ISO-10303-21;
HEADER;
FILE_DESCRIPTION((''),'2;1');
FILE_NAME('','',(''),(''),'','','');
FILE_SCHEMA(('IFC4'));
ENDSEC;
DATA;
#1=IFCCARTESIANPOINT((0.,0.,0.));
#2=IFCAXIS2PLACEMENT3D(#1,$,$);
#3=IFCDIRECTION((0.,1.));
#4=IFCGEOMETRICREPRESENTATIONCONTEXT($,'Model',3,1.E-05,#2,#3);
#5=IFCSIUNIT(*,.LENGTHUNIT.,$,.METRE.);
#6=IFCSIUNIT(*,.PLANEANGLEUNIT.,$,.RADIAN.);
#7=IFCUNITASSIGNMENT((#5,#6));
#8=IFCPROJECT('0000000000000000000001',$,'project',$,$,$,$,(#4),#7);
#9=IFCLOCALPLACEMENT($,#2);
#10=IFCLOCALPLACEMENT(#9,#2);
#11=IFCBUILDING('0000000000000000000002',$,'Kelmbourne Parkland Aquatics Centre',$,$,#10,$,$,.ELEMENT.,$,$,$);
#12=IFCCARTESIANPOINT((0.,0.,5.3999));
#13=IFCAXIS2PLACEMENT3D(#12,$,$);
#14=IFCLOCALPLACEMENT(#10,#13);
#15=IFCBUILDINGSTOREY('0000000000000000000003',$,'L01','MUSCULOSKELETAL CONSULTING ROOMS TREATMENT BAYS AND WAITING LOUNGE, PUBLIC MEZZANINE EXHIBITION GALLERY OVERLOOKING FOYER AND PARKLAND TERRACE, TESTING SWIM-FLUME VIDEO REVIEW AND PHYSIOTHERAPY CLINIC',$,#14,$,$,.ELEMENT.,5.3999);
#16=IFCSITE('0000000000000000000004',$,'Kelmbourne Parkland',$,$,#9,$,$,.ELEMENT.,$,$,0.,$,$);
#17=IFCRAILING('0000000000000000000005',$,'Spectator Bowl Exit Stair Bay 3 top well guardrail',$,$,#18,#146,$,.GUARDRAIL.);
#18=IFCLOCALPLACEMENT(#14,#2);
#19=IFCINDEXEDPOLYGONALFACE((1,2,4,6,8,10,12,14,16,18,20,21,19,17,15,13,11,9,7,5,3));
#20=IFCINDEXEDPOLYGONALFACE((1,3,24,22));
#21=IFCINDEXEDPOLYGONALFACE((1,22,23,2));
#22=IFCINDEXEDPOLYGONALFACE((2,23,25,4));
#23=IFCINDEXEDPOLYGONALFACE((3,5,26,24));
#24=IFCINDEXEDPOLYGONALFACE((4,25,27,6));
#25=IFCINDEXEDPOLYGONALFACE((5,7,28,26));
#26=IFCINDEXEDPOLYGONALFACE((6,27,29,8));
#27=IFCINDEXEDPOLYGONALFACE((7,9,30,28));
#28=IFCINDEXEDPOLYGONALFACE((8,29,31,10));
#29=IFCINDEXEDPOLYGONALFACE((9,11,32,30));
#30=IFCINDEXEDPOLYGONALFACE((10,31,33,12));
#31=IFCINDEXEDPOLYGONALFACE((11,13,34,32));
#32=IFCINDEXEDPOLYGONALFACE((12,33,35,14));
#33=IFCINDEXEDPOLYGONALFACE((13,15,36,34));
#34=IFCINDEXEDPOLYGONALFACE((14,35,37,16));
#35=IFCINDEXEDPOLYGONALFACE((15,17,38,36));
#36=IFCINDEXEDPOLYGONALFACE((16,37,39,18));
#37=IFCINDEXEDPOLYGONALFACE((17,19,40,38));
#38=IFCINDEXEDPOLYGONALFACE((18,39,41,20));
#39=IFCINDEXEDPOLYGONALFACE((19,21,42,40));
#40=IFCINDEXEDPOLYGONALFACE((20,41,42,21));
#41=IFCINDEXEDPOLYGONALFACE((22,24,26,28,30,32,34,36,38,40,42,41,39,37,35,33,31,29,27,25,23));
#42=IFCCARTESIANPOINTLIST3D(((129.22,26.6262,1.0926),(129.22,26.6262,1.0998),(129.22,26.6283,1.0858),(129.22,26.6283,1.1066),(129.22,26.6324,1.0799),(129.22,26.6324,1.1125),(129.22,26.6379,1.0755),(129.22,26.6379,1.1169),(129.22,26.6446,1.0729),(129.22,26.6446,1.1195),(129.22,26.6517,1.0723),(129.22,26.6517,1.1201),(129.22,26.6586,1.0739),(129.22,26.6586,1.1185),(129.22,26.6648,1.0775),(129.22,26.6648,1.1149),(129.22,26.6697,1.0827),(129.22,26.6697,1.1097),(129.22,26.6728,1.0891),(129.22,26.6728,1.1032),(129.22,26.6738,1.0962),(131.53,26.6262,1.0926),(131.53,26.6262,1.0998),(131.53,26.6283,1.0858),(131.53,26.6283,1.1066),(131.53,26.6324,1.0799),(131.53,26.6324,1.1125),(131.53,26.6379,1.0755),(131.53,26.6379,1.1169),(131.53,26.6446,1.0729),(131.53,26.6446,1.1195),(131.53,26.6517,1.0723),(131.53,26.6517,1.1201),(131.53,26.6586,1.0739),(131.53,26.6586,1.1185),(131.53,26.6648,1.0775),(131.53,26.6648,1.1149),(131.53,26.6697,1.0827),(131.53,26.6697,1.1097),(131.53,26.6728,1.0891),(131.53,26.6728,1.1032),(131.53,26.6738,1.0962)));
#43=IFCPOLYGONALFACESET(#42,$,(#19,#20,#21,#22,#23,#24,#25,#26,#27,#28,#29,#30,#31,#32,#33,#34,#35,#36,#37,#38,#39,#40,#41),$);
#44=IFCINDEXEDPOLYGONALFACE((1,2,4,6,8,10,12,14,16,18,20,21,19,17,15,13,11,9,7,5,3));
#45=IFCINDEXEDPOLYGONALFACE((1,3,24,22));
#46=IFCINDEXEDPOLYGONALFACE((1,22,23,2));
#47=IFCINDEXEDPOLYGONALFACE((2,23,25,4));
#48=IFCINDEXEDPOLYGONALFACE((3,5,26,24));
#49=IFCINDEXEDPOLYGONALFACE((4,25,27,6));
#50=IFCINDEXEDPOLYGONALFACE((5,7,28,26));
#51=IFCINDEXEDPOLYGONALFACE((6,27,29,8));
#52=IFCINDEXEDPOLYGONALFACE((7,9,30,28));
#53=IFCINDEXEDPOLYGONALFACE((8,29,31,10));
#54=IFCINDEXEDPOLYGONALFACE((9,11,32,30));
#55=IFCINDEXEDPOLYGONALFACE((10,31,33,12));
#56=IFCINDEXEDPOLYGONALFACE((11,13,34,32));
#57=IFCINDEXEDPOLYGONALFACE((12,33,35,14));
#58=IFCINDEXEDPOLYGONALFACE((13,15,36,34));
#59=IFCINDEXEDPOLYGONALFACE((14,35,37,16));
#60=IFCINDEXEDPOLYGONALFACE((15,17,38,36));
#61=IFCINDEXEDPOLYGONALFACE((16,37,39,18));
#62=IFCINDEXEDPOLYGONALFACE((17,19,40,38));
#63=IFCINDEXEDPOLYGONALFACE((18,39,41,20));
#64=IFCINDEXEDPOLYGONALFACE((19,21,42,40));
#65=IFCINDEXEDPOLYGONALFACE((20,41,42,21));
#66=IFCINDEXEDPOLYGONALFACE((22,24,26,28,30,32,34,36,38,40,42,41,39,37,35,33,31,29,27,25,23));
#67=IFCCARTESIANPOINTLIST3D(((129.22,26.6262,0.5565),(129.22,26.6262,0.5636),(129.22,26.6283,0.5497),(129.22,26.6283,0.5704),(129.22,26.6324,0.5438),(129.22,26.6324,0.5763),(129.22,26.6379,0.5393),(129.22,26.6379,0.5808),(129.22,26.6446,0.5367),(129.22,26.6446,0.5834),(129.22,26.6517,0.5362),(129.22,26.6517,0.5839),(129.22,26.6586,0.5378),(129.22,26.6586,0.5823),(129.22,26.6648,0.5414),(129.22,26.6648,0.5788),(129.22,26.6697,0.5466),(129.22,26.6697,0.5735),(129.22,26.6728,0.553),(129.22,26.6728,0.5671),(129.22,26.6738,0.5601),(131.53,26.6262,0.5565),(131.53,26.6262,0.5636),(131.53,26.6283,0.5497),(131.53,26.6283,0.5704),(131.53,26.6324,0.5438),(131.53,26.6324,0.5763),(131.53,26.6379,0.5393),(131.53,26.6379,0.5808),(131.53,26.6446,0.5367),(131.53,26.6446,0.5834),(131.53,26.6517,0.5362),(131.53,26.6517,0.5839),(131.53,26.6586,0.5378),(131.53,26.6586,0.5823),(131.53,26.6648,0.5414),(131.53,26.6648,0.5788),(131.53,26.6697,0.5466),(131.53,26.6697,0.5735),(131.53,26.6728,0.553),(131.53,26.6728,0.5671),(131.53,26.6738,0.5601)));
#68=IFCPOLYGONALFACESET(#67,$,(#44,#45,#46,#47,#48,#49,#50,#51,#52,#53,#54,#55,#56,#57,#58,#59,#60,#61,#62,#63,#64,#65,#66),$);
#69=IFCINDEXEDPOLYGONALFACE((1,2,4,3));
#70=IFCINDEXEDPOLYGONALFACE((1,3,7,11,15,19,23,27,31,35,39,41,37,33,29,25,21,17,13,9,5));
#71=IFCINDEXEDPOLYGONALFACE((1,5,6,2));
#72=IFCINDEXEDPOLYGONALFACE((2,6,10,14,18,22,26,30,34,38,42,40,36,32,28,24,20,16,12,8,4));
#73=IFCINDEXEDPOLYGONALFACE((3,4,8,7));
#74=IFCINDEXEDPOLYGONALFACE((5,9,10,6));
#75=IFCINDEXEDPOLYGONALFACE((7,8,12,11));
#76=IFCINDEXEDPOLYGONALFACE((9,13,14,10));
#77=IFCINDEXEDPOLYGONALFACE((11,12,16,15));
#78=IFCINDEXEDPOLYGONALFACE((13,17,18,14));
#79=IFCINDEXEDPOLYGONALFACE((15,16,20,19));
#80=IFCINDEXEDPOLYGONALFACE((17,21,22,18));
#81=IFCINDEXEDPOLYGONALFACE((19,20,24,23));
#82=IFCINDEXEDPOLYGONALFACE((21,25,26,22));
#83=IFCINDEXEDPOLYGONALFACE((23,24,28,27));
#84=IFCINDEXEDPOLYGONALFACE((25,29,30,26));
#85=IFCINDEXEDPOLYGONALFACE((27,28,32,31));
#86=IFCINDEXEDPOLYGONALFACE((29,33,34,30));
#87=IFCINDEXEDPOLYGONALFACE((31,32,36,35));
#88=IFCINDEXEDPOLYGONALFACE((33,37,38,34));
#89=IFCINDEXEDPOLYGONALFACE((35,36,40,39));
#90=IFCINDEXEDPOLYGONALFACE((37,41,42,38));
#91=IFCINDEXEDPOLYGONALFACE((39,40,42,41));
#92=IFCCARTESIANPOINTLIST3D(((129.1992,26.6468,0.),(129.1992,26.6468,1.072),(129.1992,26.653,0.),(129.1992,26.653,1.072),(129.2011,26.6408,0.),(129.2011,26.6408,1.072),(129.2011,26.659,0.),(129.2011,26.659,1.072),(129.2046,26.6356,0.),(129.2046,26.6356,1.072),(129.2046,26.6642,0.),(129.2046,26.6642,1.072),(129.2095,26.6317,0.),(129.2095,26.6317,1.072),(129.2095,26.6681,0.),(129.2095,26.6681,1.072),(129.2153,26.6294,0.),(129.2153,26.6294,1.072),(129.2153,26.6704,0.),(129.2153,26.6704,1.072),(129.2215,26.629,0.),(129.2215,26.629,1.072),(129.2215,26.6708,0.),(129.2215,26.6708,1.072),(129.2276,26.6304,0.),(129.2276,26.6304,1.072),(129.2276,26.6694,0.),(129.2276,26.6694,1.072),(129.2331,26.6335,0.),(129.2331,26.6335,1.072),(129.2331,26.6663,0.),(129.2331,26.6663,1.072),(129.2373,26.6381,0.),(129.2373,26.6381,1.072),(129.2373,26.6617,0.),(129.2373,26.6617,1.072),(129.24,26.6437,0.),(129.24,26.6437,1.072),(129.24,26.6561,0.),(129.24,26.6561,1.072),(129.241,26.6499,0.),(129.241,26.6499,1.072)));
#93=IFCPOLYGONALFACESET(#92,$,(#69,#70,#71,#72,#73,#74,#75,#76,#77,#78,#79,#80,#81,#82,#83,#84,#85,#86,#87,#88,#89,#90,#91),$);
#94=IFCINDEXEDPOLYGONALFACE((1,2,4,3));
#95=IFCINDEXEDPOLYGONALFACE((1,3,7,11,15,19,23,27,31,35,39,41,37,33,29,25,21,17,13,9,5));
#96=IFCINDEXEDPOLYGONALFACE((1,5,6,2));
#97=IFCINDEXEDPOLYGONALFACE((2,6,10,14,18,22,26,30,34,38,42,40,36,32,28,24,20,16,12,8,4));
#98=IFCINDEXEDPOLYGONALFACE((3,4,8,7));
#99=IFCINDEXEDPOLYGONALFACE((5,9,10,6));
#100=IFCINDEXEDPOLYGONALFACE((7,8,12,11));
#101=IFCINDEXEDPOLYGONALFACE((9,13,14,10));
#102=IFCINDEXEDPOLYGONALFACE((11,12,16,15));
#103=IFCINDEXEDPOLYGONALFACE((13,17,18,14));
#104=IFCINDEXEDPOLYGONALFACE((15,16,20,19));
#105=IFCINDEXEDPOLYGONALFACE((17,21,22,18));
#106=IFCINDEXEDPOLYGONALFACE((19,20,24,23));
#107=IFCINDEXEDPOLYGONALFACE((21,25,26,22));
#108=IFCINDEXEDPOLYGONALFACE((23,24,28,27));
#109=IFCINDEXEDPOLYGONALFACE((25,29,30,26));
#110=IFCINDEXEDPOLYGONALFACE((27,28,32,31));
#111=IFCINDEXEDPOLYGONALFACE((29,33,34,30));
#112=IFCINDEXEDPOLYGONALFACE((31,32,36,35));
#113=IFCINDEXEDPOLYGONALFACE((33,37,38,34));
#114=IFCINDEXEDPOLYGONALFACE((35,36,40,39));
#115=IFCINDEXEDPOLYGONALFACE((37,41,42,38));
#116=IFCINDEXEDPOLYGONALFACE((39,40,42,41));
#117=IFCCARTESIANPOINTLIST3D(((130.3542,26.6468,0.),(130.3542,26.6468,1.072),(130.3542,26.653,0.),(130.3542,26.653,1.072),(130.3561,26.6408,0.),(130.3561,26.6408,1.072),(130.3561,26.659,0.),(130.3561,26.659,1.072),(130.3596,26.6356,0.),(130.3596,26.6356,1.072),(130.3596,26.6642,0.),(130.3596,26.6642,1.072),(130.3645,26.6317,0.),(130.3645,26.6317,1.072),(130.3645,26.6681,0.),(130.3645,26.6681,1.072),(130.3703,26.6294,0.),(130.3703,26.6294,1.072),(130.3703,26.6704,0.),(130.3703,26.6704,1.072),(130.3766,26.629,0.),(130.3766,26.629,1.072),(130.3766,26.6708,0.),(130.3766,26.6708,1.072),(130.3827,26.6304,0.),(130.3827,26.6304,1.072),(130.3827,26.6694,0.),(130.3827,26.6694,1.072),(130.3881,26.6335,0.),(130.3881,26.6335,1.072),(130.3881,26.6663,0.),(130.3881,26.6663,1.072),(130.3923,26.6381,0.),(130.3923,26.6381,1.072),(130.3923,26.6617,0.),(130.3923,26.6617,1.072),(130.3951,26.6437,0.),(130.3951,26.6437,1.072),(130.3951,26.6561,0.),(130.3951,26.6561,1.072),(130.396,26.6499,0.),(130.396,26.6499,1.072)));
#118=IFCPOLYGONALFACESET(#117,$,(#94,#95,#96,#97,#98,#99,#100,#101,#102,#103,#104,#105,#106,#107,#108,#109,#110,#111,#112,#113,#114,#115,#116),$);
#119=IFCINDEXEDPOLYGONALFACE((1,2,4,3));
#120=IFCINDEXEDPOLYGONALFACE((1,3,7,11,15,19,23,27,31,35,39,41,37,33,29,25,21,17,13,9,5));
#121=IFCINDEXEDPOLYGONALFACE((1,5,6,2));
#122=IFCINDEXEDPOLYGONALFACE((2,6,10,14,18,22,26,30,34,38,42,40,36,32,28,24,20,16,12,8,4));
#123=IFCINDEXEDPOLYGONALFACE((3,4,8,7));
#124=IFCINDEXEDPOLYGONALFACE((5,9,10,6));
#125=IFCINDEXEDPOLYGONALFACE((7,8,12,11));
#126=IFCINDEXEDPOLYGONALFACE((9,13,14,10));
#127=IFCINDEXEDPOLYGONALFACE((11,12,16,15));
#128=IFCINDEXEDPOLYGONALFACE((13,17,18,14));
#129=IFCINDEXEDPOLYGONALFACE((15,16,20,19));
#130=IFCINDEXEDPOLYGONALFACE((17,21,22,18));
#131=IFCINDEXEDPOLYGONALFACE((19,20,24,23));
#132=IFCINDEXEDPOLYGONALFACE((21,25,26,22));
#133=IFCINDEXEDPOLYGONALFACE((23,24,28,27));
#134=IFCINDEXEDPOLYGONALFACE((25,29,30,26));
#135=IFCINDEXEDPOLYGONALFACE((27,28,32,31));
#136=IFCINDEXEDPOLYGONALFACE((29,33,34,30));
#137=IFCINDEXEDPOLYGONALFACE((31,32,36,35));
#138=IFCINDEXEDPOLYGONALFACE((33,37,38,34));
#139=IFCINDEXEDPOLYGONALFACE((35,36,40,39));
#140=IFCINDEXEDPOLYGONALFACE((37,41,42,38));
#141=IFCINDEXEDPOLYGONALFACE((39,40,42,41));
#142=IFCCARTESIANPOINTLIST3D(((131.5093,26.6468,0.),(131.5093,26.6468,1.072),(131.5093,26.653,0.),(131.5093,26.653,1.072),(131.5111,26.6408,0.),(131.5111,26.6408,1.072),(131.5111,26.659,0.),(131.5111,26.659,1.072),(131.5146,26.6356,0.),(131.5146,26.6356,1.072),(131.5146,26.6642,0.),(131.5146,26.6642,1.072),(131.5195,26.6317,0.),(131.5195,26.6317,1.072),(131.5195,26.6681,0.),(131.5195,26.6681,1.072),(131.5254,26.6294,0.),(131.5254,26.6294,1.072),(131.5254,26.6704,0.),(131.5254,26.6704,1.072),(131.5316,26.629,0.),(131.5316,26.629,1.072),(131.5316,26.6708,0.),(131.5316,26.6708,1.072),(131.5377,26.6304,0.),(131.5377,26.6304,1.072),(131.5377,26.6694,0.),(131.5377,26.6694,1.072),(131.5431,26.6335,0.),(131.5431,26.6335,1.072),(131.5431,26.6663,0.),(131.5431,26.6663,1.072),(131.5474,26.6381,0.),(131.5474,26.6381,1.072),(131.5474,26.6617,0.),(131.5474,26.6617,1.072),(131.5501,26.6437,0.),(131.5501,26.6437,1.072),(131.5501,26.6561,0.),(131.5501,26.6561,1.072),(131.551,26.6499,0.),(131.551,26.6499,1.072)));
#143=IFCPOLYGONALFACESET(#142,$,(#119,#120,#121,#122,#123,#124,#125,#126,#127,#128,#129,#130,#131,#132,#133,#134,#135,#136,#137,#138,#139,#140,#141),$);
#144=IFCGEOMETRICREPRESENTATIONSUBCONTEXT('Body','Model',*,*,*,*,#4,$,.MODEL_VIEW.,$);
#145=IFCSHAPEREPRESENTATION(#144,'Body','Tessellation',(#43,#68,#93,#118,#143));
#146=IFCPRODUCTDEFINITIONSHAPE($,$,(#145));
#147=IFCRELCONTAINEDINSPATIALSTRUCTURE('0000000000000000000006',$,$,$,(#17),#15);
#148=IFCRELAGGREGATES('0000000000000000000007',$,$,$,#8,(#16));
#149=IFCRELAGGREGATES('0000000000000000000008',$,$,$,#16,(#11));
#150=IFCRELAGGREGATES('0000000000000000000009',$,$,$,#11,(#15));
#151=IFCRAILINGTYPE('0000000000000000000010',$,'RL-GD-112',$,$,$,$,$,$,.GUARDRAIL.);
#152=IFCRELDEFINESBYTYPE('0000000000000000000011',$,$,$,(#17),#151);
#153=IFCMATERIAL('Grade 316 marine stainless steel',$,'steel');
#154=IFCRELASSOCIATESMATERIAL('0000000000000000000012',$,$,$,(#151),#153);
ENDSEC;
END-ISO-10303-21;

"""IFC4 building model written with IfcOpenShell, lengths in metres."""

from ifc_helpers import new_model, si_unit, direction, frame, origin, origin_2d, place, context, subcontext, project, spatial, circle, extrude, material, type_object, element, save


model = new_model("IFC4")

# Units and contexts
model_context = context("Model", 3, precision=1e-05, world=origin(), true_north=direction((0.0, 1.0)))
body_context = subcontext(model_context, "Body", "Model", "MODEL_VIEW")
ifc_project = project(units=[si_unit("LENGTHUNIT", "METRE"), si_unit("PLANEANGLEUNIT", "RADIAN")], contexts=[model_context])

# Site, building, storey
site_placement = place(None, origin())
site = spatial("IfcSite", under=ifc_project, at=site_placement, Name="Kelmbourne Parkland", CompositionType="ELEMENT", RefElevation=0.0)
building_placement = place(site_placement, origin())
building = spatial("IfcBuilding", under=site, at=building_placement, Name="Kelmbourne Parkland Aquatics Centre", CompositionType="ELEMENT")
storey_placement = place(building_placement, frame((0.0, 0.0, 5.3999)))
storey = spatial("IfcBuildingStorey", under=building, at=storey_placement, Name="L01", Description="MUSCULOSKELETAL CONSULTING ROOMS TREATMENT BAYS AND WAITING LOUNGE, PUBLIC MEZZANINE EXHIBITION GALLERY OVERLOOKING FOYER AND PARKLAND TERRACE, TESTING SWIM-FLUME VIDEO REVIEW AND PHYSIOTHERAPY CLINIC", CompositionType="ELEMENT", Elevation=5.3999)

# Railing
ifc_material_1 = material(Name="Grade 316 marine stainless steel", Category="steel")
railing_type_1 = type_object("IfcRailingType", Name="RL-GD-112", PredefinedType="GUARDRAIL", material=ifc_material_1)
railing_1_placement = place(storey_placement, frame((129.22, 26.6499, 0.0)))
element("IfcRailing", 1, at=railing_1_placement, inside=storey, type_object=railing_type_1, Name="Spectator Bowl Exit Stair Bay 3 top well guardrail", PredefinedType="GUARDRAIL", context=body_context, shape_type="SweptSolid", body=[
    extrude(circle(Radius=0.0239, at=origin_2d()), frame((0.0, 0.0, 1.0962), z_axis=(1.0, 0.0, 0.0), x_axis=(0.0, 1.0, 0.0)), (0.0, 0.0, 1.0), 2.3101),
    extrude(circle(Radius=0.0239, at=origin_2d()), frame((0.0, 0.0, 0.5601), z_axis=(1.0, 0.0, 0.0), x_axis=(0.0, 1.0, 0.0)), (0.0, 0.0, 1.0), 2.3101),
    extrude(circle(Radius=0.021, at=origin_2d()), origin(), (0.0, 0.0, 1.0), 1.072),
    extrude(circle(Radius=0.021, at=origin_2d()), frame((1.155, 0.0, 0.0)), (0.0, 0.0, 1.0), 1.072),
    extrude(circle(Radius=0.021, at=origin_2d()), frame((2.3101, 0.0, 0.0)), (0.0, 0.0, 1.0), 1.072),
])

save(model, "model.ifc")
